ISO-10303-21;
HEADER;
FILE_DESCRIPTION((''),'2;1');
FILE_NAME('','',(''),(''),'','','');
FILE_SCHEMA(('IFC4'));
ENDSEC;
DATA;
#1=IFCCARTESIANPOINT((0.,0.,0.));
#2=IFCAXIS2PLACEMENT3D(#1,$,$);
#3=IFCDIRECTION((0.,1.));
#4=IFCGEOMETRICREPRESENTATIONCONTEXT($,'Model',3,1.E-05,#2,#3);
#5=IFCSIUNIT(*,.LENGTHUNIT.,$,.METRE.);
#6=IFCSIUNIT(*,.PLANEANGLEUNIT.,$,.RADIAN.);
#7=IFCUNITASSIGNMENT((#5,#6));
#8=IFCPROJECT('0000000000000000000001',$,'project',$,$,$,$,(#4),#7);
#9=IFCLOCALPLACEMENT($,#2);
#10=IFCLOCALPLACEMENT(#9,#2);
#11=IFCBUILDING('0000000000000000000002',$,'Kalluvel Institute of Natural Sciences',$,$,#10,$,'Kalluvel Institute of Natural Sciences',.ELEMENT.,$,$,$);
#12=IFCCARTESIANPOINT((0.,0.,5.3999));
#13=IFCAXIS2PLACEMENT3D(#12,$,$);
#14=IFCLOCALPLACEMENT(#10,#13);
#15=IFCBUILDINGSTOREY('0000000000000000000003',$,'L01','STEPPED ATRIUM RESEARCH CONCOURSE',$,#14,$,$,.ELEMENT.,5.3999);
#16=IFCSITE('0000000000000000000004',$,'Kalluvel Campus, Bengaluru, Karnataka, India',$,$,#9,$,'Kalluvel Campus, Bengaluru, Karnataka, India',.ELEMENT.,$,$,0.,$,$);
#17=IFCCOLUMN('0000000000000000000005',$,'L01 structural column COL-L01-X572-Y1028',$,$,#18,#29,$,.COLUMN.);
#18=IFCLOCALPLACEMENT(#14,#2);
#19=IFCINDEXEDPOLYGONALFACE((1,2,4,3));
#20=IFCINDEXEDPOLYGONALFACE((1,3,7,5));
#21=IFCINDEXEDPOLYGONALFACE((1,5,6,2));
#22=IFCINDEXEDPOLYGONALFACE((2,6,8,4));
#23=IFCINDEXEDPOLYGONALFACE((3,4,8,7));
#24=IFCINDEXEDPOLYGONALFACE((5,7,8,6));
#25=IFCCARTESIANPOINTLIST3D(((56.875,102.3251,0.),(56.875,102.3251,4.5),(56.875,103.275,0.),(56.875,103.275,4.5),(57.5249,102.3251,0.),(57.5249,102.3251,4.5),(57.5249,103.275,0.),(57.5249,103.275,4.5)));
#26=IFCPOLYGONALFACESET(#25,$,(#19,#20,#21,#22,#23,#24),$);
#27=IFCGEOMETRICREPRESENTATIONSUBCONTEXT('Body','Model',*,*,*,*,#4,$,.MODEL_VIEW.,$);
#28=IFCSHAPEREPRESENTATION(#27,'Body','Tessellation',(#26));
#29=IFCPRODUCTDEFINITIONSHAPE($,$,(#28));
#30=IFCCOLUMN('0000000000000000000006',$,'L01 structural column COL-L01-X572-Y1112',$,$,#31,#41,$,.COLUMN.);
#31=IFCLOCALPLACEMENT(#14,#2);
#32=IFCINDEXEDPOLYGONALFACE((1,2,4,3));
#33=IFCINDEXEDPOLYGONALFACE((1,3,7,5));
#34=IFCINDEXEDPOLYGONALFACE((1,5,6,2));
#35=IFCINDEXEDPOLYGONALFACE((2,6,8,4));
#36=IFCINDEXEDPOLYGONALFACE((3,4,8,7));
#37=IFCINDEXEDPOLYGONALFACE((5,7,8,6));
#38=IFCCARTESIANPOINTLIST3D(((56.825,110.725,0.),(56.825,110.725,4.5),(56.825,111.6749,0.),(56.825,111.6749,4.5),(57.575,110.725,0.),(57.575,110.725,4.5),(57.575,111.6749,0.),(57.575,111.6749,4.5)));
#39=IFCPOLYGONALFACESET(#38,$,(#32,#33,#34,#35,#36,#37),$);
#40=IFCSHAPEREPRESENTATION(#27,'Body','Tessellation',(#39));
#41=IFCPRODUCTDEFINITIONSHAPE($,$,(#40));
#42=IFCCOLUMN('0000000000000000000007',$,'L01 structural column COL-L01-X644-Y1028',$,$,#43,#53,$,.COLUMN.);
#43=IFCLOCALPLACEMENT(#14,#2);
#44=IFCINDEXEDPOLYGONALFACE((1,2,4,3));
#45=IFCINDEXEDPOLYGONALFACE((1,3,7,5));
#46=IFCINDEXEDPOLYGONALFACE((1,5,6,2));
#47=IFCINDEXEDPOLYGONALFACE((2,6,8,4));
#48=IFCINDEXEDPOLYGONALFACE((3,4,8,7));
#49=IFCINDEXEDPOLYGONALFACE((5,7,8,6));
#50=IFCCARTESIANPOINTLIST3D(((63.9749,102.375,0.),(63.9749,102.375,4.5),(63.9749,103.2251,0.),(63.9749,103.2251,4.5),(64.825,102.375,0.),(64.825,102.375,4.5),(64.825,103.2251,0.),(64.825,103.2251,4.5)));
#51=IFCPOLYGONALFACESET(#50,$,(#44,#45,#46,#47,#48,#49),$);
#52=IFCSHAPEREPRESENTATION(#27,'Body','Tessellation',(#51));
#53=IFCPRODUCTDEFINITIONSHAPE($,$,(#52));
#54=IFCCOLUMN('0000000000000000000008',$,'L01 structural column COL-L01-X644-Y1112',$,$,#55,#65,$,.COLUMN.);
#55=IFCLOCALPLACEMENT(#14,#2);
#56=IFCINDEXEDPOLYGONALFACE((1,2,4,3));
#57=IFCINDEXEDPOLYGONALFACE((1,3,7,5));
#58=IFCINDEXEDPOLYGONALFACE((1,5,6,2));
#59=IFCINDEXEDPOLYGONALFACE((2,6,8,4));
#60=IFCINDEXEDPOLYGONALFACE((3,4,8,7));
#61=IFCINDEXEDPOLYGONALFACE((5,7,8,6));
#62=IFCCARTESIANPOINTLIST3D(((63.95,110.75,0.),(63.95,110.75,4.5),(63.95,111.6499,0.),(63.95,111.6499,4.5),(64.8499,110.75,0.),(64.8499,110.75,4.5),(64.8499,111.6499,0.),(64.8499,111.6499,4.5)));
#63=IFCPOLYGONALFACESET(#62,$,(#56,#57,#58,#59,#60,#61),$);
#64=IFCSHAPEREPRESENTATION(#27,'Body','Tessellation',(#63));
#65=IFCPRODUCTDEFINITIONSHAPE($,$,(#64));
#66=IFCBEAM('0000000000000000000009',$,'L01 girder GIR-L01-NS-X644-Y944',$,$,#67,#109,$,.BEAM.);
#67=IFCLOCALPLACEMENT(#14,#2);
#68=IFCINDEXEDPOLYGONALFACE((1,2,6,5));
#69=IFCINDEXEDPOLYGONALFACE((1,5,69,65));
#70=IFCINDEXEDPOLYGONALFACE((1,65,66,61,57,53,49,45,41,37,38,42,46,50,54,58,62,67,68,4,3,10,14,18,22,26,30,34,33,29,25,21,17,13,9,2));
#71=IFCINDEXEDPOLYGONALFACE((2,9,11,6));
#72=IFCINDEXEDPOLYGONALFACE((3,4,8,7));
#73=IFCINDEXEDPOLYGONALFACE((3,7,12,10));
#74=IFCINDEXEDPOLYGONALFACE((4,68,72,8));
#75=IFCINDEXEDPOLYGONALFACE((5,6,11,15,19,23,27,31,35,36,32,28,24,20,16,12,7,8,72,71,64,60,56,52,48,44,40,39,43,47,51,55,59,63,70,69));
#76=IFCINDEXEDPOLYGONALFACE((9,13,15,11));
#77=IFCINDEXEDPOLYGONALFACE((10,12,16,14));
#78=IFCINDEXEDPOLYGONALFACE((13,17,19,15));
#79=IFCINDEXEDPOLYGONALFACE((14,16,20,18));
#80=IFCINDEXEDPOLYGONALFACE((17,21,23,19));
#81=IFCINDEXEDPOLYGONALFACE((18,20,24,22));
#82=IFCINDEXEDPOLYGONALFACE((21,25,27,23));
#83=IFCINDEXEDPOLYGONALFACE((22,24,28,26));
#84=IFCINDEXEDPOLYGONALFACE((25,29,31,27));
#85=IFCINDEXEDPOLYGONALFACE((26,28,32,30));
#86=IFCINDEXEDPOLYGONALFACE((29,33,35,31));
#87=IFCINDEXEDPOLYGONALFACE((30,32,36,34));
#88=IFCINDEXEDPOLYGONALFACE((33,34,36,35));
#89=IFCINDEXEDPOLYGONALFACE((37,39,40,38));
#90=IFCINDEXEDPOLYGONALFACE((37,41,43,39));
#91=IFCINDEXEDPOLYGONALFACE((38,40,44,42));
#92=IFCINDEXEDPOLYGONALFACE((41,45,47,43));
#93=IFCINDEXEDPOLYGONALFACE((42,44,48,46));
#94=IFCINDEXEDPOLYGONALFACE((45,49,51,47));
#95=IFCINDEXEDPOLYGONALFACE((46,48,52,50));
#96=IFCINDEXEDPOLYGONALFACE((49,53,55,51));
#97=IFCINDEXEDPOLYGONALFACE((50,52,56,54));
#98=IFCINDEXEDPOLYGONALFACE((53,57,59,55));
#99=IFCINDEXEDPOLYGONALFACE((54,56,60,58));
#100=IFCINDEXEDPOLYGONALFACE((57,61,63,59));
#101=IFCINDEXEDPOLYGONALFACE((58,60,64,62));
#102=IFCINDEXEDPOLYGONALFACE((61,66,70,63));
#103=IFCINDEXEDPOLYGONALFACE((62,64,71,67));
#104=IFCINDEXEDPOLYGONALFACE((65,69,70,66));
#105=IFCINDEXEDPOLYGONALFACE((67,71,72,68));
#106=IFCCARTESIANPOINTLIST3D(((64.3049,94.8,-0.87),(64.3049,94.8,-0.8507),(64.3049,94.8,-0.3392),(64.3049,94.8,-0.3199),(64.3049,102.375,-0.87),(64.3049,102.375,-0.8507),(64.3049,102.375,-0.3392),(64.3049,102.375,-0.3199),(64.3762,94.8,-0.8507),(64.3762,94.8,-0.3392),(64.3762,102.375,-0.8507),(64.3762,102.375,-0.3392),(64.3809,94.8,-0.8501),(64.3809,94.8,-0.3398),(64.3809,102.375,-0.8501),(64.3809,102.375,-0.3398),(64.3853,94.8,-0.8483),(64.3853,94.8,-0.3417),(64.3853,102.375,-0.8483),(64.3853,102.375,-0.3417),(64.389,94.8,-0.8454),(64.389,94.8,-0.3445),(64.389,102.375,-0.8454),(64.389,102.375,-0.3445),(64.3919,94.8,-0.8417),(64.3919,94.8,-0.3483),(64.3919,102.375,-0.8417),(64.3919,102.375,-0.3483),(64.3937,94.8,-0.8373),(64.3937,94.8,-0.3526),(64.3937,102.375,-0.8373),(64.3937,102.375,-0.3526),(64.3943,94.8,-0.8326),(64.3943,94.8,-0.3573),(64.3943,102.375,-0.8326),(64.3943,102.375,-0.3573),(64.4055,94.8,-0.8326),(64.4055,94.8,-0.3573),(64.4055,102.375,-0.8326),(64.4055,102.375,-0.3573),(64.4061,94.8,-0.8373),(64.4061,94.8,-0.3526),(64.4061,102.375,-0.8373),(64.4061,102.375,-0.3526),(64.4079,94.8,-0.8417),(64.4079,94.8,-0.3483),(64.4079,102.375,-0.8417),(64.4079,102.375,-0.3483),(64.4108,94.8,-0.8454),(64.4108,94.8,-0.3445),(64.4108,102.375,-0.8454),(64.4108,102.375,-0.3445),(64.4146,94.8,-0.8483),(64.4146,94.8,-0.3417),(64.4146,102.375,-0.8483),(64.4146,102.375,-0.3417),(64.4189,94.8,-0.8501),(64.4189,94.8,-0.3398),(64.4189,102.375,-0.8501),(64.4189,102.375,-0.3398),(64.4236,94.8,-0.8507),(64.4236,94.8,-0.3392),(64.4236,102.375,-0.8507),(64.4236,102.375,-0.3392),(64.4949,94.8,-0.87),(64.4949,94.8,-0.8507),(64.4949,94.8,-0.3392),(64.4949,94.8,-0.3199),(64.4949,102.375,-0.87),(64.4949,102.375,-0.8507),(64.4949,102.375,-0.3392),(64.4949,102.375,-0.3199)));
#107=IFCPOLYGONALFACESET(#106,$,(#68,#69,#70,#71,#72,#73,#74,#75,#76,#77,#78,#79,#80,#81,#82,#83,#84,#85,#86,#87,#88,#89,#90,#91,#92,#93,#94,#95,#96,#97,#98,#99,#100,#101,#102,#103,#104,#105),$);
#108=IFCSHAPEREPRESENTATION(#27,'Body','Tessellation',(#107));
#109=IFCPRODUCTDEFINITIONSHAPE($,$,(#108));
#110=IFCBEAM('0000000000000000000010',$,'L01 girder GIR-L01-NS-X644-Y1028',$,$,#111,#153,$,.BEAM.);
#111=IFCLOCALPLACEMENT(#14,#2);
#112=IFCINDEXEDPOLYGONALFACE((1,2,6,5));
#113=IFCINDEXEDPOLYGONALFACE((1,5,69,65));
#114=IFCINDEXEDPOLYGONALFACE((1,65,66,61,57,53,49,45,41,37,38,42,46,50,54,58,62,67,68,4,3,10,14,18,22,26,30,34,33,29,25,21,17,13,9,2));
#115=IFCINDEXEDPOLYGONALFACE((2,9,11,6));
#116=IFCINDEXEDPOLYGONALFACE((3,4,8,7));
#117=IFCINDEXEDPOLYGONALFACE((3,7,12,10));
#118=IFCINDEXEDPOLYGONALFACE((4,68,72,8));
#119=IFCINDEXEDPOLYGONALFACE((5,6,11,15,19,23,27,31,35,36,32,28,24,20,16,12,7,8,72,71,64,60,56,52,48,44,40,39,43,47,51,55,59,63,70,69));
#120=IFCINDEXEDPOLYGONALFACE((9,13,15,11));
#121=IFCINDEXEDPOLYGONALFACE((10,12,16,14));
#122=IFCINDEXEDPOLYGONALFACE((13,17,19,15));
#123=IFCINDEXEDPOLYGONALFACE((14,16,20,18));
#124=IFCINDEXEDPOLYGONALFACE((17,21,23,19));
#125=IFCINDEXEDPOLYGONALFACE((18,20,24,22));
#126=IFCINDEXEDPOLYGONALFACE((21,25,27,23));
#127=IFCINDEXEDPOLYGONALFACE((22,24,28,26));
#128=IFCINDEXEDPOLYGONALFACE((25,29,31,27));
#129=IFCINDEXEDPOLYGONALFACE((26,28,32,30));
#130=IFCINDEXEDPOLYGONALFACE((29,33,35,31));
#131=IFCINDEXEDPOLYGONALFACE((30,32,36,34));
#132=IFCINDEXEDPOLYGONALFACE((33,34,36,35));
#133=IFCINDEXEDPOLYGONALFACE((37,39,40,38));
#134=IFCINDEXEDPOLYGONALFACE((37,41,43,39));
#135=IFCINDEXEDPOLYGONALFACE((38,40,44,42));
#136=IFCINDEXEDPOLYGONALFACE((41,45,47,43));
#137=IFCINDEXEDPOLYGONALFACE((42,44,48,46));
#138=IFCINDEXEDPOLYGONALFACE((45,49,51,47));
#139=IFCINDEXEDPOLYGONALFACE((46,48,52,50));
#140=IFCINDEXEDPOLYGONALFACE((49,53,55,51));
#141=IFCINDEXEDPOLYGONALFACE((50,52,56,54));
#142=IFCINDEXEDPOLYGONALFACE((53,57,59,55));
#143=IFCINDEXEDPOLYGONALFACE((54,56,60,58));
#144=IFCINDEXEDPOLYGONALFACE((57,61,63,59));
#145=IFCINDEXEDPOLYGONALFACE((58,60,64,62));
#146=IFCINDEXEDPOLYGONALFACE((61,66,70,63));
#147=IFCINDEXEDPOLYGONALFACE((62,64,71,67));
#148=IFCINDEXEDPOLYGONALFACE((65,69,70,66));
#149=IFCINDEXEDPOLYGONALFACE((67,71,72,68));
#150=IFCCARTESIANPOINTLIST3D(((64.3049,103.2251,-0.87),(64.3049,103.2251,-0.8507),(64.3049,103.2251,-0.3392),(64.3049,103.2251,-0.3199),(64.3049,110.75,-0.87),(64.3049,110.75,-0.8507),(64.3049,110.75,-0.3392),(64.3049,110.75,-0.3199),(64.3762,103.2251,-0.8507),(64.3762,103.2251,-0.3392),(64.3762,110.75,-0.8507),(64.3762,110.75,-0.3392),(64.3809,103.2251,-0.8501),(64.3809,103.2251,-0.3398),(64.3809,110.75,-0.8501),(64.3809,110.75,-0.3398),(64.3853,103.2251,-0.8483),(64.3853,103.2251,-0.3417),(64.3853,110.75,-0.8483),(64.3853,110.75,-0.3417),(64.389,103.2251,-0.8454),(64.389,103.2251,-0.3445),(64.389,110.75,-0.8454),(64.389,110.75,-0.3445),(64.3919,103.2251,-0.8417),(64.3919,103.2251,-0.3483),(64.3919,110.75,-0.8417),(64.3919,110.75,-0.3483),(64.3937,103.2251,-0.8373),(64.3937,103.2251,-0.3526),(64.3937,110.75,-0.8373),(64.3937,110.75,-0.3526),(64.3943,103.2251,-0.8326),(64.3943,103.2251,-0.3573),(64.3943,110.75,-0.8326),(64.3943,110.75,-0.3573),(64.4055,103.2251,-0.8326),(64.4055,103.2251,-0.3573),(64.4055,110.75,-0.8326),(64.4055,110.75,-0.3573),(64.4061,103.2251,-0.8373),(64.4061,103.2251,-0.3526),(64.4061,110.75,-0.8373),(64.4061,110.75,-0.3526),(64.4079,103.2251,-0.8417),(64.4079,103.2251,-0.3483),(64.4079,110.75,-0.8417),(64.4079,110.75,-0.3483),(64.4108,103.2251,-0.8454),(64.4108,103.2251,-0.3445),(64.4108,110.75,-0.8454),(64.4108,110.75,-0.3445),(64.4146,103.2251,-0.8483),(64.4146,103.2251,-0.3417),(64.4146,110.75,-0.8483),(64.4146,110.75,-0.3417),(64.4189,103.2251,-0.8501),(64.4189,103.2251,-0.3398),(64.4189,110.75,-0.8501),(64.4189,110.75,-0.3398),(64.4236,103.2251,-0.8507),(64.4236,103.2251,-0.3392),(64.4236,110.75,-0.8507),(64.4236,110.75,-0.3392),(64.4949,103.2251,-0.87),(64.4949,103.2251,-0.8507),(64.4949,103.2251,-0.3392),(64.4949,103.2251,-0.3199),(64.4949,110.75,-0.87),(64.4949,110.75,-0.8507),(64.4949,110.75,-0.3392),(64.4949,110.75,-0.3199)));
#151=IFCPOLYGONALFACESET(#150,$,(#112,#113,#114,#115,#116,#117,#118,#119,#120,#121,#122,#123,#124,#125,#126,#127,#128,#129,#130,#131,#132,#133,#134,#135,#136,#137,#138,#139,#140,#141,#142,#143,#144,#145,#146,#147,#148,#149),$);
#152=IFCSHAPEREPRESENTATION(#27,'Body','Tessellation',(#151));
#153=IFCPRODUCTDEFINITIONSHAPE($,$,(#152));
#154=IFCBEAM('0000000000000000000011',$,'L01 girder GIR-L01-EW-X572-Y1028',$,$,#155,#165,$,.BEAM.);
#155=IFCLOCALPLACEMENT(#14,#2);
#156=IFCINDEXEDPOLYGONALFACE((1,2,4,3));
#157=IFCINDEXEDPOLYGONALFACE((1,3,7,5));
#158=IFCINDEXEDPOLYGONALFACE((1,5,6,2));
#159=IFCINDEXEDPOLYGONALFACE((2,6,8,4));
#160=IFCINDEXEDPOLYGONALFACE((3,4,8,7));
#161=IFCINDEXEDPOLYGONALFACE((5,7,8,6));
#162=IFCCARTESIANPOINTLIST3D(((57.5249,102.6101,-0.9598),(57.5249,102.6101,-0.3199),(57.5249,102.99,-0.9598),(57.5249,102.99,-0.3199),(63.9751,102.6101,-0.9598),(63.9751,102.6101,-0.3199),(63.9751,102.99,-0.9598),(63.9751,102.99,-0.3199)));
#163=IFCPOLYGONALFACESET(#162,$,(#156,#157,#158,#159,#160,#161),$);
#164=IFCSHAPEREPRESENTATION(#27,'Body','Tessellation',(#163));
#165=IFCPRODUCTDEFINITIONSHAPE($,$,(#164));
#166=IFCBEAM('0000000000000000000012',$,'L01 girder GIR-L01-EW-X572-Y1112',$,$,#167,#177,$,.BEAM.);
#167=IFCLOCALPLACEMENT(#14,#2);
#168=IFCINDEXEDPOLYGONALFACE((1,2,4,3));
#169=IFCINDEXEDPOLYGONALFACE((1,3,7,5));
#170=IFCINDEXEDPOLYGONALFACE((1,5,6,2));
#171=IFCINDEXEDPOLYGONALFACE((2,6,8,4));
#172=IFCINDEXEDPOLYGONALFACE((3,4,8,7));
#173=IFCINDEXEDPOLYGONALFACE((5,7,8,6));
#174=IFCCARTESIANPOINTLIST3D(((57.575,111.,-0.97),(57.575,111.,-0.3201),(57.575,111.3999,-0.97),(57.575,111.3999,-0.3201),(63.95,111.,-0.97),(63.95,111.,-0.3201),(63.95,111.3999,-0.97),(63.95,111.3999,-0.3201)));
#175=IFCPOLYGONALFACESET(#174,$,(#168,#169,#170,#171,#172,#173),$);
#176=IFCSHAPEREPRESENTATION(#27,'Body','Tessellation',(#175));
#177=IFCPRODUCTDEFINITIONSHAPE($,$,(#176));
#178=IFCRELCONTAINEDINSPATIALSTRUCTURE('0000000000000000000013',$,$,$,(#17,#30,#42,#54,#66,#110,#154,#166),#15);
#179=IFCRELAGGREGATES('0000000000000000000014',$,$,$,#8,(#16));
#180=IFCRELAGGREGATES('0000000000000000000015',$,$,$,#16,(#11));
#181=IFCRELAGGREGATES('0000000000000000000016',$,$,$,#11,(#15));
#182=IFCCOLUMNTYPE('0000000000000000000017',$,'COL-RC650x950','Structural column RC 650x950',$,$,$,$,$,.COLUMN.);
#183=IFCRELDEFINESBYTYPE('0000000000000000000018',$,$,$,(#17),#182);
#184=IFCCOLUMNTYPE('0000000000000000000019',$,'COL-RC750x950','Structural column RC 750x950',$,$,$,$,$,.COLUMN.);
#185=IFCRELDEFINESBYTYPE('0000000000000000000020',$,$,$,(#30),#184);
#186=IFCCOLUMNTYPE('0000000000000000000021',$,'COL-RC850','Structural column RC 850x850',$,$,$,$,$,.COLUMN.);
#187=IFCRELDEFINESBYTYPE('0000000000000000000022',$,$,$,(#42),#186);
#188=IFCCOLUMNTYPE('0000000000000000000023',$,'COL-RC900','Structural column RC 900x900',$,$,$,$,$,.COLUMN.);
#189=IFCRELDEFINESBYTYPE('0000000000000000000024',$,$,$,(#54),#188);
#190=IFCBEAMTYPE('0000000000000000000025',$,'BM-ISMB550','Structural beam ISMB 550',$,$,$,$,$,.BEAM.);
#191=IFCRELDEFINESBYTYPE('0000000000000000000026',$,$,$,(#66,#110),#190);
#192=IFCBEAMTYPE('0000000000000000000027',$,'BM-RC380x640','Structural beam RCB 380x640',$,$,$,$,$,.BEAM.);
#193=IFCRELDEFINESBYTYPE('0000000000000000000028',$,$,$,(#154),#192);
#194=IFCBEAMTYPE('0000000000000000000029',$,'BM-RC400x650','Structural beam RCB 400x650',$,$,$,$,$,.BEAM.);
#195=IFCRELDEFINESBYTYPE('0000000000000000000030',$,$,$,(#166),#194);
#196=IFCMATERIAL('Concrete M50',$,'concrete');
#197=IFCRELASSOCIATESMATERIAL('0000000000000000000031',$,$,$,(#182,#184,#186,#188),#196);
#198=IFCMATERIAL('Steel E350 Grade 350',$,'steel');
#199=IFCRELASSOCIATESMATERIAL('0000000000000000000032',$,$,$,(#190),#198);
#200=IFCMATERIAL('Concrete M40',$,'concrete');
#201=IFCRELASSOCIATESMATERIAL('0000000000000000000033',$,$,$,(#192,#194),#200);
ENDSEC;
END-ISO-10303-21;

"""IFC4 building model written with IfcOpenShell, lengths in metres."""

from ifc_helpers import new_model, si_unit, direction, frame, origin, origin_2d, place, context, subcontext, project, spatial, rectangle, i_section, extrude, material, material_profile, profile_set, type_object, element, save


model = new_model("IFC4")

# Units and contexts
model_context = context("Model", 3, precision=1e-05, world=origin(), true_north=direction((0.0, 1.0)))
body_context = subcontext(model_context, "Body", "Model", "MODEL_VIEW")
ifc_project = project(units=[si_unit("LENGTHUNIT", "METRE"), si_unit("PLANEANGLEUNIT", "RADIAN")], contexts=[model_context])

# Site, building, storey
site_placement = place(None, origin())
site = spatial("IfcSite", under=ifc_project, at=site_placement, Name="Kalluvel Campus, Bengaluru, Karnataka, India", LongName="Kalluvel Campus, Bengaluru, Karnataka, India", CompositionType="ELEMENT", RefElevation=0.0)
building_placement = place(site_placement, origin())
building = spatial("IfcBuilding", under=site, at=building_placement, Name="Kalluvel Institute of Natural Sciences", LongName="Kalluvel Institute of Natural Sciences", CompositionType="ELEMENT")
storey_placement = place(building_placement, frame((0.0, 0.0, 5.3999)))
storey = spatial("IfcBuildingStorey", under=building, at=storey_placement, Name="L01", Description="STEPPED ATRIUM RESEARCH CONCOURSE", CompositionType="ELEMENT", Elevation=5.3999)

# Columns
ifc_material_1 = material(Name="Concrete M50", Category="concrete")
ifc_material_profile_1 = material_profile(ifc_material_1, rectangle(XDim=0.6499, YDim=0.95, at=origin_2d()), Name="RC 650x950")
ifc_profile_set_1 = profile_set([ifc_material_profile_1], Name="Concrete M50")
column_type_1 = type_object("IfcColumnType", Name="COL-RC650x950", Description="Structural column RC 650x950", PredefinedType="COLUMN", material=ifc_profile_set_1)
column_1_placement = place(storey_placement, frame((57.2, 102.8, 0.0), z_axis=(0.0, 0.0, 1.0), x_axis=(1.0, 0.0, 0.0)))
element("IfcColumn", 1, at=column_1_placement, inside=storey, type_object=column_type_1, Name="L01 structural column COL-L01-X572-Y1028", PredefinedType="COLUMN", context=body_context, shape_type="SweptSolid", body=[
    extrude(rectangle(XDim=0.6499, YDim=0.95, at=origin_2d()), origin(), (0.0, 0.0, 1.0), 4.5),
])
ifc_material_profile_2 = material_profile(ifc_material_1, rectangle(XDim=0.75, YDim=0.95, at=origin_2d()), Name="RC 750x950")
ifc_profile_set_2 = profile_set([ifc_material_profile_2], Name="Concrete M50")
column_type_2 = type_object("IfcColumnType", Name="COL-RC750x950", Description="Structural column RC 750x950", PredefinedType="COLUMN", material=ifc_profile_set_2)
column_2_placement = place(storey_placement, frame((57.2, 111.2, 0.0), z_axis=(0.0, 0.0, 1.0), x_axis=(1.0, 0.0, 0.0)))
element("IfcColumn", 2, at=column_2_placement, inside=storey, type_object=column_type_2, Name="L01 structural column COL-L01-X572-Y1112", PredefinedType="COLUMN", context=body_context, shape_type="SweptSolid", body=[
    extrude(rectangle(XDim=0.75, YDim=0.95, at=origin_2d()), origin(), (0.0, 0.0, 1.0), 4.5),
])
ifc_material_profile_3 = material_profile(ifc_material_1, rectangle(XDim=0.8501, YDim=0.8501, at=origin_2d()), Name="RC 850x850")
ifc_profile_set_3 = profile_set([ifc_material_profile_3], Name="Concrete M50")
column_type_3 = type_object("IfcColumnType", Name="COL-RC850", Description="Structural column RC 850x850", PredefinedType="COLUMN", material=ifc_profile_set_3)
column_3_placement = place(storey_placement, frame((64.3999, 102.8, 0.0), z_axis=(0.0, 0.0, 1.0), x_axis=(1.0, 0.0, 0.0)))
element("IfcColumn", 3, at=column_3_placement, inside=storey, type_object=column_type_3, Name="L01 structural column COL-L01-X644-Y1028", PredefinedType="COLUMN", context=body_context, shape_type="SweptSolid", body=[
    extrude(rectangle(XDim=0.8501, YDim=0.8501, at=origin_2d()), origin(), (0.0, 0.0, 1.0), 4.5),
])
ifc_material_profile_4 = material_profile(ifc_material_1, rectangle(XDim=0.8999, YDim=0.8999, at=origin_2d()), Name="RC 900x900")
ifc_profile_set_4 = profile_set([ifc_material_profile_4], Name="Concrete M50")
column_type_4 = type_object("IfcColumnType", Name="COL-RC900", Description="Structural column RC 900x900", PredefinedType="COLUMN", material=ifc_profile_set_4)
column_4_placement = place(storey_placement, frame((64.3999, 111.2, 0.0), z_axis=(0.0, 0.0, 1.0), x_axis=(1.0, 0.0, 0.0)))
element("IfcColumn", 4, at=column_4_placement, inside=storey, type_object=column_type_4, Name="L01 structural column COL-L01-X644-Y1112", PredefinedType="COLUMN", context=body_context, shape_type="SweptSolid", body=[
    extrude(rectangle(XDim=0.8999, YDim=0.8999, at=origin_2d()), origin(), (0.0, 0.0, 1.0), 4.5),
])

# Beams
ifc_material_2 = material(Name="Steel E350 Grade 350", Category="steel")
ifc_material_profile_5 = material_profile(ifc_material_2, i_section(OverallWidth=0.1899, OverallDepth=0.55, WebThickness=0.0112, FlangeThickness=0.0193, FilletRadius=0.0181, at=origin_2d()), Name="ISMB 550")
ifc_profile_set_5 = profile_set([ifc_material_profile_5], Name="Steel E350 Grade 350")
beam_type_1 = type_object("IfcBeamType", Name="BM-ISMB550", Description="Structural beam ISMB 550", PredefinedType="BEAM", material=ifc_profile_set_5)
beam_1_placement = place(storey_placement, frame((64.3999, 94.8, -0.595), z_axis=(0.0, 1.0, 0.0), x_axis=(-1.0, 0.0, 0.0)))
element("IfcBeam", 5, at=beam_1_placement, inside=storey, type_object=beam_type_1, Name="L01 girder GIR-L01-NS-X644-Y944", PredefinedType="BEAM", context=body_context, shape_type="SweptSolid", body=[
    extrude(i_section(OverallWidth=0.1899, OverallDepth=0.55, WebThickness=0.0112, FlangeThickness=0.0193, FilletRadius=0.0181, at=origin_2d()), origin(), (0.0, 0.0, 1.0), 7.575),
])
beam_2_placement = place(storey_placement, frame((64.3999, 103.2251, -0.595), z_axis=(0.0, 1.0, 0.0), x_axis=(-1.0, 0.0, 0.0)))
element("IfcBeam", 6, at=beam_2_placement, inside=storey, type_object=beam_type_1, Name="L01 girder GIR-L01-NS-X644-Y1028", PredefinedType="BEAM", context=body_context, shape_type="SweptSolid", body=[
    extrude(i_section(OverallWidth=0.1899, OverallDepth=0.55, WebThickness=0.0112, FlangeThickness=0.0193, FilletRadius=0.0181, at=origin_2d()), origin(), (0.0, 0.0, 1.0), 7.5249),
])
ifc_material_3 = material(Name="Concrete M40", Category="concrete")
ifc_material_profile_6 = material_profile(ifc_material_3, rectangle(XDim=0.3799, YDim=0.6399, at=origin_2d()), Name="RCB 380x640")
ifc_profile_set_6 = profile_set([ifc_material_profile_6], Name="Concrete M40")
beam_type_2 = type_object("IfcBeamType", Name="BM-RC380x640", Description="Structural beam RCB 380x640", PredefinedType="BEAM", material=ifc_profile_set_6)
beam_3_placement = place(storey_placement, frame((57.5249, 102.8, -0.6399), z_axis=(1.0, 0.0, 0.0), x_axis=(0.0, 1.0, 0.0)))
element("IfcBeam", 7, at=beam_3_placement, inside=storey, type_object=beam_type_2, Name="L01 girder GIR-L01-EW-X572-Y1028", PredefinedType="BEAM", context=body_context, shape_type="SweptSolid", body=[
    extrude(rectangle(XDim=0.3799, YDim=0.6399, at=origin_2d()), origin(), (0.0, 0.0, 1.0), 6.4502),
])
ifc_material_profile_7 = material_profile(ifc_material_3, rectangle(XDim=0.3999, YDim=0.6499, at=origin_2d()), Name="RCB 400x650")
ifc_profile_set_7 = profile_set([ifc_material_profile_7], Name="Concrete M40")
beam_type_3 = type_object("IfcBeamType", Name="BM-RC400x650", Description="Structural beam RCB 400x650", PredefinedType="BEAM", material=ifc_profile_set_7)
beam_4_placement = place(storey_placement, frame((57.575, 111.2, -0.645), z_axis=(1.0, 0.0, 0.0), x_axis=(0.0, 1.0, 0.0)))
element("IfcBeam", 8, at=beam_4_placement, inside=storey, type_object=beam_type_3, Name="L01 girder GIR-L01-EW-X572-Y1112", PredefinedType="BEAM", context=body_context, shape_type="SweptSolid", body=[
    extrude(rectangle(XDim=0.3999, YDim=0.6499, at=origin_2d()), origin(), (0.0, 0.0, 1.0), 6.375),
])

save(model, "model.ifc")
